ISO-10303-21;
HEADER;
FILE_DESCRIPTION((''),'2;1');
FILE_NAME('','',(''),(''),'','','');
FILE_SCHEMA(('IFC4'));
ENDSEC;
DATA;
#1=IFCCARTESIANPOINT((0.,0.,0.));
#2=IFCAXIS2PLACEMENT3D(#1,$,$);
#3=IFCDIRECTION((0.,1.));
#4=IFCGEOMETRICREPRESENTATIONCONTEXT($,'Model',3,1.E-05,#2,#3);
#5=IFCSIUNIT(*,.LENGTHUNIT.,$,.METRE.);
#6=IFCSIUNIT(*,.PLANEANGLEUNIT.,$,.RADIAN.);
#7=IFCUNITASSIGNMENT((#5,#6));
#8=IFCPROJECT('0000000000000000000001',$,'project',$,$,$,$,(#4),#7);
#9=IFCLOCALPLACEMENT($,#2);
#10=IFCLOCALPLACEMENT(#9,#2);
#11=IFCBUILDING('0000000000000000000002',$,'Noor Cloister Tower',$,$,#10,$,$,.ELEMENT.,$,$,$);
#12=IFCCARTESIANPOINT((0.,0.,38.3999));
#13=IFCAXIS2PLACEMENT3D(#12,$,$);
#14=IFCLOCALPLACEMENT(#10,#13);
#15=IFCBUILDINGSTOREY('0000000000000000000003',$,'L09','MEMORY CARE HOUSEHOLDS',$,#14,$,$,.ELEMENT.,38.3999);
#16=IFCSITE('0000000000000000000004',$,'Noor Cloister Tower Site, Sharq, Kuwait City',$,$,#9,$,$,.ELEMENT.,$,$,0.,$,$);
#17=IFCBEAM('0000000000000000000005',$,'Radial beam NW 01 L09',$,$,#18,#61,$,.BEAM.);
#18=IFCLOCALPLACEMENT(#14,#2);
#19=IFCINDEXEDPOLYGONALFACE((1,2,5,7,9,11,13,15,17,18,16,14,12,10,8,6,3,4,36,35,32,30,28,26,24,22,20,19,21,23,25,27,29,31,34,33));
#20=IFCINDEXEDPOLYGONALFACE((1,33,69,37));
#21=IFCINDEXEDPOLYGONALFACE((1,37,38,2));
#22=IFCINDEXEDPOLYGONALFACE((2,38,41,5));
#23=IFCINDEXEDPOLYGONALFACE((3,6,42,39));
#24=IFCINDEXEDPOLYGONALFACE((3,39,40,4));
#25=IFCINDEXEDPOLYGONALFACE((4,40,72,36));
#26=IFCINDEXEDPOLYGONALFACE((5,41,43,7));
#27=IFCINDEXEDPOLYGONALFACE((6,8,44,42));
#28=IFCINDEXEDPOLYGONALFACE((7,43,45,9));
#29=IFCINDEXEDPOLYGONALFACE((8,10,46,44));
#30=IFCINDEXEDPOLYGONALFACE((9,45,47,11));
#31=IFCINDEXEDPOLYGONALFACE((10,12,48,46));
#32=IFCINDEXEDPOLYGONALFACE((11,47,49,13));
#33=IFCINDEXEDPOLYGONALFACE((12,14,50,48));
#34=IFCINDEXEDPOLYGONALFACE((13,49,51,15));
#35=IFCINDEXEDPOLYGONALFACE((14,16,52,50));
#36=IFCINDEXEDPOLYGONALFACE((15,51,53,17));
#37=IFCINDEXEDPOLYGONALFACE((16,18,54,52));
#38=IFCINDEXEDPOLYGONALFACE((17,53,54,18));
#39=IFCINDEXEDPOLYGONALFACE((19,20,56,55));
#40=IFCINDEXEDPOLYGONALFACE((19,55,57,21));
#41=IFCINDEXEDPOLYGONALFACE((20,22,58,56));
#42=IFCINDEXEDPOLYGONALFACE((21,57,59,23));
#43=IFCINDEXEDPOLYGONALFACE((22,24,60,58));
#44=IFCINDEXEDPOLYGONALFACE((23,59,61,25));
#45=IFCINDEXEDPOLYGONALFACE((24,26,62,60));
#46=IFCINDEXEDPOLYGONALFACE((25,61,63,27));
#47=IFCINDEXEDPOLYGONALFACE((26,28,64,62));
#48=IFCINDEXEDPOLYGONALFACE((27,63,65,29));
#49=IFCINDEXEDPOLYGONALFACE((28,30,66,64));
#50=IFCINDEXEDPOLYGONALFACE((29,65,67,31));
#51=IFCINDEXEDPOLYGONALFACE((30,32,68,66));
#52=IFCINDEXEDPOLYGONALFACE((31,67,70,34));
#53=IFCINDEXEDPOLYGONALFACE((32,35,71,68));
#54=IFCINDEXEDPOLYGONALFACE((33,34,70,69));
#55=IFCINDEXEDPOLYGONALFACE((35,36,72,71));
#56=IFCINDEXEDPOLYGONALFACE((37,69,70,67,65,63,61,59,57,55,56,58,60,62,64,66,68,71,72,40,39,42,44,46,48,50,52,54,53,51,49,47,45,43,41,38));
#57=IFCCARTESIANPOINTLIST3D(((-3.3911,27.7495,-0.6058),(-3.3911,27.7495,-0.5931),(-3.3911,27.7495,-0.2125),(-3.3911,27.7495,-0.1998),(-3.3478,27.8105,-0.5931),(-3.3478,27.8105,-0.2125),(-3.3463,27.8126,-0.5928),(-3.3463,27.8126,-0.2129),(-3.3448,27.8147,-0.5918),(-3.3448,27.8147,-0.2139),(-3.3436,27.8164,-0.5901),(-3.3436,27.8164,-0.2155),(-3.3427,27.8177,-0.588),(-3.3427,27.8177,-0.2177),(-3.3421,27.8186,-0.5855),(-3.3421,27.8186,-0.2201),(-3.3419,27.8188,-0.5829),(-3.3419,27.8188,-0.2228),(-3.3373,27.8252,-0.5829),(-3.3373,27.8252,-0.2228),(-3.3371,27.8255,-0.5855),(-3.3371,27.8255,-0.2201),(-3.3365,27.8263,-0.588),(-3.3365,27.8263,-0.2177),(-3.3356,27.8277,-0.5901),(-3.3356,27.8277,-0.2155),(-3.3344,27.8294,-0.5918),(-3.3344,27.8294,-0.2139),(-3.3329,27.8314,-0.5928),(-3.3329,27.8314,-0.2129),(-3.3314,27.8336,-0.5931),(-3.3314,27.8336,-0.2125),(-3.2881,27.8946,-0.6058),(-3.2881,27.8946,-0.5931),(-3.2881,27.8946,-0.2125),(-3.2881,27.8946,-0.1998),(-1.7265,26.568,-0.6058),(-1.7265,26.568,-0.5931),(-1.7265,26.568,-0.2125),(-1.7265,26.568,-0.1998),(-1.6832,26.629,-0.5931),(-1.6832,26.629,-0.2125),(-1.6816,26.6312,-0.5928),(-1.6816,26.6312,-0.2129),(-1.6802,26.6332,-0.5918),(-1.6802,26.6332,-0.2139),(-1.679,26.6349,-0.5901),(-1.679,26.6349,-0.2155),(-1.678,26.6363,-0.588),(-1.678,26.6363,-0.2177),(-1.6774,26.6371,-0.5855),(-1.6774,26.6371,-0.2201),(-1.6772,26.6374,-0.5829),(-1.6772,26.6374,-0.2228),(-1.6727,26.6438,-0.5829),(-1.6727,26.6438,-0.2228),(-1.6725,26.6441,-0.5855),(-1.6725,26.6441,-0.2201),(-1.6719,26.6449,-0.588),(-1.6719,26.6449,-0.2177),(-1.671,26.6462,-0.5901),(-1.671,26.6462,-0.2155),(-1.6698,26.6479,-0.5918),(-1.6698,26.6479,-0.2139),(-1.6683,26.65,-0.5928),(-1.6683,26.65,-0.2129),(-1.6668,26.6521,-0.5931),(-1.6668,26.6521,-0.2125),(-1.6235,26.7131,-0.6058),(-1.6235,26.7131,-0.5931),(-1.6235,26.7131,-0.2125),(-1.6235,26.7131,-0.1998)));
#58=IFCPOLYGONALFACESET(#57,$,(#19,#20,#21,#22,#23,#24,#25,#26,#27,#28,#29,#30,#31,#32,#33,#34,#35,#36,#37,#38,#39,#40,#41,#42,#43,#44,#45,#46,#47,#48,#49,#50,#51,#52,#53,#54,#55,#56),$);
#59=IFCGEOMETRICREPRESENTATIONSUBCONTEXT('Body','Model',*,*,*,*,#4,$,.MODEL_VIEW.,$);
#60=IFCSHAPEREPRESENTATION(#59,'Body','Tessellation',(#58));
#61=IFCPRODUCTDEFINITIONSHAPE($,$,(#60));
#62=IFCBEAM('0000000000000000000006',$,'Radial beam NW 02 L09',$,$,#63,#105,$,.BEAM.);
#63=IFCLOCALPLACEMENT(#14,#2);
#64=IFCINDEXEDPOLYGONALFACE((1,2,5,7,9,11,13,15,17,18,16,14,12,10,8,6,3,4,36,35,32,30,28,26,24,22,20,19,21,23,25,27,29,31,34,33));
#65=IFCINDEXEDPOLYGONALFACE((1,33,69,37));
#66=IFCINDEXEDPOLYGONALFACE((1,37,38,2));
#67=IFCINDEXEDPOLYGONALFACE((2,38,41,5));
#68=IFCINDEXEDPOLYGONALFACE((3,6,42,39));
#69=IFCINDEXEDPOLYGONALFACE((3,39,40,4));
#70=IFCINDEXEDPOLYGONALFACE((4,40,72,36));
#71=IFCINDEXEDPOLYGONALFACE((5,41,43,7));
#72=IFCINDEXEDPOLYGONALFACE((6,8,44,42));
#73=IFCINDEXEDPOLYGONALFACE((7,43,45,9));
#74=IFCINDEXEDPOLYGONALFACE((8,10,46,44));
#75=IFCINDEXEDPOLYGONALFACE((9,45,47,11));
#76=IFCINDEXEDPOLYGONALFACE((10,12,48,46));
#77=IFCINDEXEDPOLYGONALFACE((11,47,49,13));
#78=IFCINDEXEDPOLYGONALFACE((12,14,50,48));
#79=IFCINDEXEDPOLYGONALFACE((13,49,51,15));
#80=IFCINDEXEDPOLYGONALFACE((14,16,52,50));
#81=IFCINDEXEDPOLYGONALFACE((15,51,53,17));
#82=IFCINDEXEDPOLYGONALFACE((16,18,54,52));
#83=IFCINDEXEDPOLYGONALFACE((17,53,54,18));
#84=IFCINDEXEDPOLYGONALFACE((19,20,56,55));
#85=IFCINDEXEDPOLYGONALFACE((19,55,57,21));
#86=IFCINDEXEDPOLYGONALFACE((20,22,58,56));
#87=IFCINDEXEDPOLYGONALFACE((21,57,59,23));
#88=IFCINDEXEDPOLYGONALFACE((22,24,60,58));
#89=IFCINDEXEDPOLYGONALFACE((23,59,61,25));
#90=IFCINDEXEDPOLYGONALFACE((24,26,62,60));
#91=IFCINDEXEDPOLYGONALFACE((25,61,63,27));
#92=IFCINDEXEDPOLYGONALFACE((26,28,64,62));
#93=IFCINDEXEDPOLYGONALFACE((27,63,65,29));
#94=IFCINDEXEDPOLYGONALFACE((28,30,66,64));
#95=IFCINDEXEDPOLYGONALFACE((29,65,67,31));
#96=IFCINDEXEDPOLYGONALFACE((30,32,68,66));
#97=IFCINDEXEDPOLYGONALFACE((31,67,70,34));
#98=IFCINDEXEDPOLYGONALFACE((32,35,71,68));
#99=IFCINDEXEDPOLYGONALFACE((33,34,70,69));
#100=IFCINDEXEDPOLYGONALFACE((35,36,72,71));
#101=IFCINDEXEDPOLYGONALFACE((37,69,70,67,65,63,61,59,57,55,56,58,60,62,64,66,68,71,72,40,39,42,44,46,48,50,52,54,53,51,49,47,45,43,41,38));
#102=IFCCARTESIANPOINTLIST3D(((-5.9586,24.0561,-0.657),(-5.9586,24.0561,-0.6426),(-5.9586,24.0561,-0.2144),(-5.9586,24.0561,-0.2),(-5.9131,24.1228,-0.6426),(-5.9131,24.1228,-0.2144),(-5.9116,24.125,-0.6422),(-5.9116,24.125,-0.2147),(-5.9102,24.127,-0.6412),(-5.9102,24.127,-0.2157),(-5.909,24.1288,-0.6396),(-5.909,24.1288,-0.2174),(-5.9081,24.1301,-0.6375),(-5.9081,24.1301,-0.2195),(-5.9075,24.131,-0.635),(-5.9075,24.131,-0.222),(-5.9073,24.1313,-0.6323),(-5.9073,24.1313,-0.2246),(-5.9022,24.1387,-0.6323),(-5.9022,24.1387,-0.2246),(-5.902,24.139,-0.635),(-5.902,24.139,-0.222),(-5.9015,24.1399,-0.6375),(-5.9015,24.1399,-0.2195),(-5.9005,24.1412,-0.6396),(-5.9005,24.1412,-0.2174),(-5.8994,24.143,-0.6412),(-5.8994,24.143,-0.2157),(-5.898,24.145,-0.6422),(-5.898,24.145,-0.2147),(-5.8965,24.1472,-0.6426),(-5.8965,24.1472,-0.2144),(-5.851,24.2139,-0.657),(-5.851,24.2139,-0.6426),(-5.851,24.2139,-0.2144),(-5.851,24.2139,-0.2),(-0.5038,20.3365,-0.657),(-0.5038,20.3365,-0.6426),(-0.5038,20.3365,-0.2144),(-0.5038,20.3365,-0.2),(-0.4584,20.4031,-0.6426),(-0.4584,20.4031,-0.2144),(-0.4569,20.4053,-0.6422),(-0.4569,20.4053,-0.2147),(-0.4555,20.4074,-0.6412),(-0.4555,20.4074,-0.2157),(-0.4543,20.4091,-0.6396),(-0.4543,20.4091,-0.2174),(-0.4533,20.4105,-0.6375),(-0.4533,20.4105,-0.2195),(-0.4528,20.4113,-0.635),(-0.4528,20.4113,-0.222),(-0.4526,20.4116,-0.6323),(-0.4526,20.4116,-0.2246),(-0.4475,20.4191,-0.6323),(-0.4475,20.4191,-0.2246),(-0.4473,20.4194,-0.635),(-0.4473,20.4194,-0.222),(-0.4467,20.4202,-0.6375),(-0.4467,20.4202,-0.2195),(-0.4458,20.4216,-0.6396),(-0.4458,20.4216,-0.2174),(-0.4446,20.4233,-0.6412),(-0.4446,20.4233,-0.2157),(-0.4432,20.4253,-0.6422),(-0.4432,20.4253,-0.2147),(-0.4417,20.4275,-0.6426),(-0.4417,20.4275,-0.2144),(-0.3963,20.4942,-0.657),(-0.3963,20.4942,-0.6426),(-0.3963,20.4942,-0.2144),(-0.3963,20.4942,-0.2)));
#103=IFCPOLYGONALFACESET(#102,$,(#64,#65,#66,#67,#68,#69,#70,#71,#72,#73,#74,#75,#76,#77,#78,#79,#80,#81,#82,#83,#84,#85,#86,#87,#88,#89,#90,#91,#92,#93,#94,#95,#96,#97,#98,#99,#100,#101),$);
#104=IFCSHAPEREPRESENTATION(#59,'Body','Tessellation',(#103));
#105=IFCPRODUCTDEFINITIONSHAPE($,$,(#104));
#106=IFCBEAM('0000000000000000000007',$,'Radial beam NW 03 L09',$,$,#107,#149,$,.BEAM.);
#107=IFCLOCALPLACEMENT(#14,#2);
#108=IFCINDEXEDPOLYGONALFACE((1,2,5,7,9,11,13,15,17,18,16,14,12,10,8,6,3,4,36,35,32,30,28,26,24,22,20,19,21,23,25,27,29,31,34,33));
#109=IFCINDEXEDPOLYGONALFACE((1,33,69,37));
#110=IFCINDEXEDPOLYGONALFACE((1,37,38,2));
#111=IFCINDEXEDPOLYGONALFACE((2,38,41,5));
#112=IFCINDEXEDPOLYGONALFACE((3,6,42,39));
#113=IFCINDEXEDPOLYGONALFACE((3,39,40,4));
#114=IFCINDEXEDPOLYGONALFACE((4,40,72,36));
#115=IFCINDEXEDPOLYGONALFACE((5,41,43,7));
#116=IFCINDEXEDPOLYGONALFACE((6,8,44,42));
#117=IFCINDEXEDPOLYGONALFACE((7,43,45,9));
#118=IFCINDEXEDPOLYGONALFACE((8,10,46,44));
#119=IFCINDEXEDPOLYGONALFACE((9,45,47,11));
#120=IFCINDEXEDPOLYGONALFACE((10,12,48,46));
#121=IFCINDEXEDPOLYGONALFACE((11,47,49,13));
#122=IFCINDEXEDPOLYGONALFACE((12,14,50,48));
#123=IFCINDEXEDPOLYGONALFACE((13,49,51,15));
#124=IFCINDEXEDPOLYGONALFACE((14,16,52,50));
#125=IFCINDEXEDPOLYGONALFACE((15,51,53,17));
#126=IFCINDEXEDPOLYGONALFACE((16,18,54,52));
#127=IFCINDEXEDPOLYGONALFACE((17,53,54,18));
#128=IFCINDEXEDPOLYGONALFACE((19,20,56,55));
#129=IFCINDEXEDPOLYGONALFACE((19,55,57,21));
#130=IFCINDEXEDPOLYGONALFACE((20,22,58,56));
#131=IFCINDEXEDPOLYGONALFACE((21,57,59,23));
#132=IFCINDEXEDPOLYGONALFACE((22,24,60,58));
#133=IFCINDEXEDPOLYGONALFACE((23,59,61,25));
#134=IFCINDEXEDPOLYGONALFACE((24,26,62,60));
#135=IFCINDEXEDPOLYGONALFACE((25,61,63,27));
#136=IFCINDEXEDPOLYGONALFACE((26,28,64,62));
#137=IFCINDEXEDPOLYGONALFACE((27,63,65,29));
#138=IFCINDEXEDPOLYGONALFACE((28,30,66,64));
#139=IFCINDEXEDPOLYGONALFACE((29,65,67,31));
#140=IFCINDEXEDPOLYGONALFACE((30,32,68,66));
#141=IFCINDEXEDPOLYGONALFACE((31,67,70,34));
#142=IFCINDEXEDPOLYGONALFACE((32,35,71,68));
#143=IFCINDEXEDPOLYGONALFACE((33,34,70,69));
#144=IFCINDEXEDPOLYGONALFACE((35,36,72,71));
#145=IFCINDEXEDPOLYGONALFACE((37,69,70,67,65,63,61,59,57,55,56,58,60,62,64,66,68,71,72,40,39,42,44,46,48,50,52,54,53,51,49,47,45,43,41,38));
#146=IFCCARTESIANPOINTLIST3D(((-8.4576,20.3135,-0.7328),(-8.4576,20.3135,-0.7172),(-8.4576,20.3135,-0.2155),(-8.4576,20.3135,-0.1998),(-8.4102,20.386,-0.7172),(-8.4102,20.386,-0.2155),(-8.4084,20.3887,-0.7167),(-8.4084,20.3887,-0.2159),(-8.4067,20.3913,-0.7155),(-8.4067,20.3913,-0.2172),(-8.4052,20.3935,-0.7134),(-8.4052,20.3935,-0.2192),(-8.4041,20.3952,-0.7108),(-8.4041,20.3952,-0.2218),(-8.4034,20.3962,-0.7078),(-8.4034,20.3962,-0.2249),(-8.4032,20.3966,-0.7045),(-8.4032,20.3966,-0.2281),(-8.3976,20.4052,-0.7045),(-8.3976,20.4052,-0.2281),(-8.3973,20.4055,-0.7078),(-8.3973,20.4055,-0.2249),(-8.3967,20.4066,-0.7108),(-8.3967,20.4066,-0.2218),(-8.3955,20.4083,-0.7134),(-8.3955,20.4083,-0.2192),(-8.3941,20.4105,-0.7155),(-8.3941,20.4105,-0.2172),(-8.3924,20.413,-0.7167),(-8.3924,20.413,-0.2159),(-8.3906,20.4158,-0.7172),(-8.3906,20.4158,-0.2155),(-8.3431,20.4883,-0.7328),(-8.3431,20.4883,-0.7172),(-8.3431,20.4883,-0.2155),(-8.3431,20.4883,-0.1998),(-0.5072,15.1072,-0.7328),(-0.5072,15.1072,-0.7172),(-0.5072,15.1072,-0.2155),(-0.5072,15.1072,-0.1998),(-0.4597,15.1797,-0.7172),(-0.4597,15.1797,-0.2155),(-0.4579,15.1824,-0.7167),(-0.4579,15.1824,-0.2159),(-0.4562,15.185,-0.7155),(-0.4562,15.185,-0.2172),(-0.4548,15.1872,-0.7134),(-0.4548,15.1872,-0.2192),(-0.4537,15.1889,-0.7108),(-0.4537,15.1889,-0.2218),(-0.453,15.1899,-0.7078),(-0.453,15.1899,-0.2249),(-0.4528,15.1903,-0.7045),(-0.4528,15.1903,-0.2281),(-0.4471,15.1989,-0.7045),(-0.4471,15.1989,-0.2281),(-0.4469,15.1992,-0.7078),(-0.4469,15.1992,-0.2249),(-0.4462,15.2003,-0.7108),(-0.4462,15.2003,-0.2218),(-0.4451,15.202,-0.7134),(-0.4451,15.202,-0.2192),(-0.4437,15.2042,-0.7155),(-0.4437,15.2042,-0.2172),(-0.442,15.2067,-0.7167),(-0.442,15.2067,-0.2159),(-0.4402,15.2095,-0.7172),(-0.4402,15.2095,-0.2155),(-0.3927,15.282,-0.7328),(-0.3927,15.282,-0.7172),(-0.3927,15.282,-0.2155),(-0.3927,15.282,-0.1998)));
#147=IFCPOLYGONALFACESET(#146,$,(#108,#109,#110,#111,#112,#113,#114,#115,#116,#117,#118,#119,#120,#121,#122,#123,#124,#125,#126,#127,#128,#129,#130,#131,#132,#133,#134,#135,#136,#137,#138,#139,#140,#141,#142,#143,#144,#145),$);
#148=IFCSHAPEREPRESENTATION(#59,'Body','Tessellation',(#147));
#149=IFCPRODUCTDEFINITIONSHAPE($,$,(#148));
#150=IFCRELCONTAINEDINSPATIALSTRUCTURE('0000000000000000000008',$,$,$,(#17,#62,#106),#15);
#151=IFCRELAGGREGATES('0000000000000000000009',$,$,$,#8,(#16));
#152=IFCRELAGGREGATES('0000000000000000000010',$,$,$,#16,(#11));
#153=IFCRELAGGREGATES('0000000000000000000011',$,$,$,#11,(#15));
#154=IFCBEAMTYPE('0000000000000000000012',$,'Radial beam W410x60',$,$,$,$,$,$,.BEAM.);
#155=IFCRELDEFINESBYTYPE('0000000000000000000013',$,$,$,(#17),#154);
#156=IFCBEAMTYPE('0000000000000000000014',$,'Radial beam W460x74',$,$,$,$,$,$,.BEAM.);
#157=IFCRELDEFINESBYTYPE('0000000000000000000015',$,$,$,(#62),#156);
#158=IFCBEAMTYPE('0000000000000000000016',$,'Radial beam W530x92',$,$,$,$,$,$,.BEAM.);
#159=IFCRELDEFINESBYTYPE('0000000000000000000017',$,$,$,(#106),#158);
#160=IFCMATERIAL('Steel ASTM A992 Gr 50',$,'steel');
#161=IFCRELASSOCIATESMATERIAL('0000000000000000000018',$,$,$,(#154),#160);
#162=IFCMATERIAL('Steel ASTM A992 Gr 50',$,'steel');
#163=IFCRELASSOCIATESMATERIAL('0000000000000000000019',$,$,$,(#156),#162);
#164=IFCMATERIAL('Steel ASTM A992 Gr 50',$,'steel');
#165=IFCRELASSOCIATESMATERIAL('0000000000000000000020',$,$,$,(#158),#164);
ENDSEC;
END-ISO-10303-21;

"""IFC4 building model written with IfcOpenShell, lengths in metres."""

from ifc_helpers import new_model, si_unit, direction, frame, origin, origin_2d, place, context, subcontext, project, spatial, i_section, extrude, material, material_profile, profile_set, type_object, element, save


model = new_model("IFC4")

# Units and contexts
model_context = context("Model", 3, precision=1e-05, world=origin(), true_north=direction((0.0, 1.0)))
body_context = subcontext(model_context, "Body", "Model", "MODEL_VIEW")
ifc_project = project(units=[si_unit("LENGTHUNIT", "METRE"), si_unit("PLANEANGLEUNIT", "RADIAN")], contexts=[model_context])

# Site, building, storey
site_placement = place(None, origin())
site = spatial("IfcSite", under=ifc_project, at=site_placement, Name="Noor Cloister Tower Site, Sharq, Kuwait City", CompositionType="ELEMENT", RefElevation=0.0)
building_placement = place(site_placement, origin())
building = spatial("IfcBuilding", under=site, at=building_placement, Name="Noor Cloister Tower", CompositionType="ELEMENT")
storey_placement = place(building_placement, frame((0.0, 0.0, 38.3999)))
storey = spatial("IfcBuildingStorey", under=building, at=storey_placement, Name="L09", Description="MEMORY CARE HOUSEHOLDS", CompositionType="ELEMENT", Elevation=38.3999)

# Beams
ifc_material_1 = material(Name="Steel ASTM A992 Gr 50", Category="steel")
ifc_material_profile_1 = material_profile(ifc_material_1, i_section(OverallWidth=0.178, OverallDepth=0.406, WebThickness=0.0078, FlangeThickness=0.0127, FilletRadius=0.0103, at=origin_2d()), Name="W410x60")
ifc_profile_set_1 = profile_set([ifc_material_profile_1], Name="Steel ASTM A992 Gr 50")
beam_type_1 = type_object("IfcBeamType", Name="Radial beam W410x60", PredefinedType="BEAM", material=ifc_profile_set_1)
beam_1_placement = place(storey_placement, frame((-3.3396, 27.822, -0.4028), z_axis=(0.815483, -0.57878, 0.0), x_axis=(0.57878, 0.815483, 0.0)))
element("IfcBeam", 1, at=beam_1_placement, inside=storey, type_object=beam_type_1, Name="Radial beam NW 01 L09", PredefinedType="BEAM", context=body_context, shape_type="SweptSolid", body=[
    extrude(i_section(OverallWidth=0.178, OverallDepth=0.406, WebThickness=0.0078, FlangeThickness=0.0127, FilletRadius=0.0103, at=origin_2d()), origin(), (0.0, 0.0, 1.0), 2.0413),
])
ifc_material_2 = material(Name="Steel ASTM A992 Gr 50", Category="steel")
ifc_material_profile_2 = material_profile(ifc_material_2, i_section(OverallWidth=0.1909, OverallDepth=0.457, WebThickness=0.009, FlangeThickness=0.0144, FilletRadius=0.0103, at=origin_2d()), Name="W460x74")
ifc_profile_set_2 = profile_set([ifc_material_profile_2], Name="Steel ASTM A992 Gr 50")
beam_type_2 = type_object("IfcBeamType", Name="Radial beam W460x74", PredefinedType="BEAM", material=ifc_profile_set_2)
beam_2_placement = place(storey_placement, frame((-5.9048, 24.135, -0.4285), z_axis=(0.826191, -0.563391, 0.0), x_axis=(0.563391, 0.826191, 0.0)))
element("IfcBeam", 2, at=beam_2_placement, inside=storey, type_object=beam_type_2, Name="Radial beam NW 02 L09", PredefinedType="BEAM", context=body_context, shape_type="SweptSolid", body=[
    extrude(i_section(OverallWidth=0.1909, OverallDepth=0.457, WebThickness=0.009, FlangeThickness=0.0144, FilletRadius=0.0103, at=origin_2d()), origin(), (0.0, 0.0, 1.0), 6.6023),
])
ifc_material_3 = material(Name="Steel ASTM A992 Gr 50", Category="steel")
ifc_material_profile_3 = material_profile(ifc_material_3, i_section(OverallWidth=0.209, OverallDepth=0.533, WebThickness=0.0103, FlangeThickness=0.0156, FilletRadius=0.0127, at=origin_2d()), Name="W530x92")
ifc_profile_set_3 = profile_set([ifc_material_profile_3], Name="Steel ASTM A992 Gr 50")
beam_type_3 = type_object("IfcBeamType", Name="Radial beam W530x92", PredefinedType="BEAM", material=ifc_profile_set_3)
beam_3_placement = place(storey_placement, frame((-8.4004, 20.4009, -0.4663), z_axis=(0.836587, -0.547834, 0.0), x_axis=(0.547834, 0.836587, 0.0)))
element("IfcBeam", 3, at=beam_3_placement, inside=storey, type_object=beam_type_3, Name="Radial beam NW 03 L09", PredefinedType="BEAM", context=body_context, shape_type="SweptSolid", body=[
    extrude(i_section(OverallWidth=0.209, OverallDepth=0.533, WebThickness=0.0103, FlangeThickness=0.0156, FilletRadius=0.0127, at=origin_2d()), origin(), (0.0, 0.0, 1.0), 9.5034),
])

save(model, "model.ifc")
